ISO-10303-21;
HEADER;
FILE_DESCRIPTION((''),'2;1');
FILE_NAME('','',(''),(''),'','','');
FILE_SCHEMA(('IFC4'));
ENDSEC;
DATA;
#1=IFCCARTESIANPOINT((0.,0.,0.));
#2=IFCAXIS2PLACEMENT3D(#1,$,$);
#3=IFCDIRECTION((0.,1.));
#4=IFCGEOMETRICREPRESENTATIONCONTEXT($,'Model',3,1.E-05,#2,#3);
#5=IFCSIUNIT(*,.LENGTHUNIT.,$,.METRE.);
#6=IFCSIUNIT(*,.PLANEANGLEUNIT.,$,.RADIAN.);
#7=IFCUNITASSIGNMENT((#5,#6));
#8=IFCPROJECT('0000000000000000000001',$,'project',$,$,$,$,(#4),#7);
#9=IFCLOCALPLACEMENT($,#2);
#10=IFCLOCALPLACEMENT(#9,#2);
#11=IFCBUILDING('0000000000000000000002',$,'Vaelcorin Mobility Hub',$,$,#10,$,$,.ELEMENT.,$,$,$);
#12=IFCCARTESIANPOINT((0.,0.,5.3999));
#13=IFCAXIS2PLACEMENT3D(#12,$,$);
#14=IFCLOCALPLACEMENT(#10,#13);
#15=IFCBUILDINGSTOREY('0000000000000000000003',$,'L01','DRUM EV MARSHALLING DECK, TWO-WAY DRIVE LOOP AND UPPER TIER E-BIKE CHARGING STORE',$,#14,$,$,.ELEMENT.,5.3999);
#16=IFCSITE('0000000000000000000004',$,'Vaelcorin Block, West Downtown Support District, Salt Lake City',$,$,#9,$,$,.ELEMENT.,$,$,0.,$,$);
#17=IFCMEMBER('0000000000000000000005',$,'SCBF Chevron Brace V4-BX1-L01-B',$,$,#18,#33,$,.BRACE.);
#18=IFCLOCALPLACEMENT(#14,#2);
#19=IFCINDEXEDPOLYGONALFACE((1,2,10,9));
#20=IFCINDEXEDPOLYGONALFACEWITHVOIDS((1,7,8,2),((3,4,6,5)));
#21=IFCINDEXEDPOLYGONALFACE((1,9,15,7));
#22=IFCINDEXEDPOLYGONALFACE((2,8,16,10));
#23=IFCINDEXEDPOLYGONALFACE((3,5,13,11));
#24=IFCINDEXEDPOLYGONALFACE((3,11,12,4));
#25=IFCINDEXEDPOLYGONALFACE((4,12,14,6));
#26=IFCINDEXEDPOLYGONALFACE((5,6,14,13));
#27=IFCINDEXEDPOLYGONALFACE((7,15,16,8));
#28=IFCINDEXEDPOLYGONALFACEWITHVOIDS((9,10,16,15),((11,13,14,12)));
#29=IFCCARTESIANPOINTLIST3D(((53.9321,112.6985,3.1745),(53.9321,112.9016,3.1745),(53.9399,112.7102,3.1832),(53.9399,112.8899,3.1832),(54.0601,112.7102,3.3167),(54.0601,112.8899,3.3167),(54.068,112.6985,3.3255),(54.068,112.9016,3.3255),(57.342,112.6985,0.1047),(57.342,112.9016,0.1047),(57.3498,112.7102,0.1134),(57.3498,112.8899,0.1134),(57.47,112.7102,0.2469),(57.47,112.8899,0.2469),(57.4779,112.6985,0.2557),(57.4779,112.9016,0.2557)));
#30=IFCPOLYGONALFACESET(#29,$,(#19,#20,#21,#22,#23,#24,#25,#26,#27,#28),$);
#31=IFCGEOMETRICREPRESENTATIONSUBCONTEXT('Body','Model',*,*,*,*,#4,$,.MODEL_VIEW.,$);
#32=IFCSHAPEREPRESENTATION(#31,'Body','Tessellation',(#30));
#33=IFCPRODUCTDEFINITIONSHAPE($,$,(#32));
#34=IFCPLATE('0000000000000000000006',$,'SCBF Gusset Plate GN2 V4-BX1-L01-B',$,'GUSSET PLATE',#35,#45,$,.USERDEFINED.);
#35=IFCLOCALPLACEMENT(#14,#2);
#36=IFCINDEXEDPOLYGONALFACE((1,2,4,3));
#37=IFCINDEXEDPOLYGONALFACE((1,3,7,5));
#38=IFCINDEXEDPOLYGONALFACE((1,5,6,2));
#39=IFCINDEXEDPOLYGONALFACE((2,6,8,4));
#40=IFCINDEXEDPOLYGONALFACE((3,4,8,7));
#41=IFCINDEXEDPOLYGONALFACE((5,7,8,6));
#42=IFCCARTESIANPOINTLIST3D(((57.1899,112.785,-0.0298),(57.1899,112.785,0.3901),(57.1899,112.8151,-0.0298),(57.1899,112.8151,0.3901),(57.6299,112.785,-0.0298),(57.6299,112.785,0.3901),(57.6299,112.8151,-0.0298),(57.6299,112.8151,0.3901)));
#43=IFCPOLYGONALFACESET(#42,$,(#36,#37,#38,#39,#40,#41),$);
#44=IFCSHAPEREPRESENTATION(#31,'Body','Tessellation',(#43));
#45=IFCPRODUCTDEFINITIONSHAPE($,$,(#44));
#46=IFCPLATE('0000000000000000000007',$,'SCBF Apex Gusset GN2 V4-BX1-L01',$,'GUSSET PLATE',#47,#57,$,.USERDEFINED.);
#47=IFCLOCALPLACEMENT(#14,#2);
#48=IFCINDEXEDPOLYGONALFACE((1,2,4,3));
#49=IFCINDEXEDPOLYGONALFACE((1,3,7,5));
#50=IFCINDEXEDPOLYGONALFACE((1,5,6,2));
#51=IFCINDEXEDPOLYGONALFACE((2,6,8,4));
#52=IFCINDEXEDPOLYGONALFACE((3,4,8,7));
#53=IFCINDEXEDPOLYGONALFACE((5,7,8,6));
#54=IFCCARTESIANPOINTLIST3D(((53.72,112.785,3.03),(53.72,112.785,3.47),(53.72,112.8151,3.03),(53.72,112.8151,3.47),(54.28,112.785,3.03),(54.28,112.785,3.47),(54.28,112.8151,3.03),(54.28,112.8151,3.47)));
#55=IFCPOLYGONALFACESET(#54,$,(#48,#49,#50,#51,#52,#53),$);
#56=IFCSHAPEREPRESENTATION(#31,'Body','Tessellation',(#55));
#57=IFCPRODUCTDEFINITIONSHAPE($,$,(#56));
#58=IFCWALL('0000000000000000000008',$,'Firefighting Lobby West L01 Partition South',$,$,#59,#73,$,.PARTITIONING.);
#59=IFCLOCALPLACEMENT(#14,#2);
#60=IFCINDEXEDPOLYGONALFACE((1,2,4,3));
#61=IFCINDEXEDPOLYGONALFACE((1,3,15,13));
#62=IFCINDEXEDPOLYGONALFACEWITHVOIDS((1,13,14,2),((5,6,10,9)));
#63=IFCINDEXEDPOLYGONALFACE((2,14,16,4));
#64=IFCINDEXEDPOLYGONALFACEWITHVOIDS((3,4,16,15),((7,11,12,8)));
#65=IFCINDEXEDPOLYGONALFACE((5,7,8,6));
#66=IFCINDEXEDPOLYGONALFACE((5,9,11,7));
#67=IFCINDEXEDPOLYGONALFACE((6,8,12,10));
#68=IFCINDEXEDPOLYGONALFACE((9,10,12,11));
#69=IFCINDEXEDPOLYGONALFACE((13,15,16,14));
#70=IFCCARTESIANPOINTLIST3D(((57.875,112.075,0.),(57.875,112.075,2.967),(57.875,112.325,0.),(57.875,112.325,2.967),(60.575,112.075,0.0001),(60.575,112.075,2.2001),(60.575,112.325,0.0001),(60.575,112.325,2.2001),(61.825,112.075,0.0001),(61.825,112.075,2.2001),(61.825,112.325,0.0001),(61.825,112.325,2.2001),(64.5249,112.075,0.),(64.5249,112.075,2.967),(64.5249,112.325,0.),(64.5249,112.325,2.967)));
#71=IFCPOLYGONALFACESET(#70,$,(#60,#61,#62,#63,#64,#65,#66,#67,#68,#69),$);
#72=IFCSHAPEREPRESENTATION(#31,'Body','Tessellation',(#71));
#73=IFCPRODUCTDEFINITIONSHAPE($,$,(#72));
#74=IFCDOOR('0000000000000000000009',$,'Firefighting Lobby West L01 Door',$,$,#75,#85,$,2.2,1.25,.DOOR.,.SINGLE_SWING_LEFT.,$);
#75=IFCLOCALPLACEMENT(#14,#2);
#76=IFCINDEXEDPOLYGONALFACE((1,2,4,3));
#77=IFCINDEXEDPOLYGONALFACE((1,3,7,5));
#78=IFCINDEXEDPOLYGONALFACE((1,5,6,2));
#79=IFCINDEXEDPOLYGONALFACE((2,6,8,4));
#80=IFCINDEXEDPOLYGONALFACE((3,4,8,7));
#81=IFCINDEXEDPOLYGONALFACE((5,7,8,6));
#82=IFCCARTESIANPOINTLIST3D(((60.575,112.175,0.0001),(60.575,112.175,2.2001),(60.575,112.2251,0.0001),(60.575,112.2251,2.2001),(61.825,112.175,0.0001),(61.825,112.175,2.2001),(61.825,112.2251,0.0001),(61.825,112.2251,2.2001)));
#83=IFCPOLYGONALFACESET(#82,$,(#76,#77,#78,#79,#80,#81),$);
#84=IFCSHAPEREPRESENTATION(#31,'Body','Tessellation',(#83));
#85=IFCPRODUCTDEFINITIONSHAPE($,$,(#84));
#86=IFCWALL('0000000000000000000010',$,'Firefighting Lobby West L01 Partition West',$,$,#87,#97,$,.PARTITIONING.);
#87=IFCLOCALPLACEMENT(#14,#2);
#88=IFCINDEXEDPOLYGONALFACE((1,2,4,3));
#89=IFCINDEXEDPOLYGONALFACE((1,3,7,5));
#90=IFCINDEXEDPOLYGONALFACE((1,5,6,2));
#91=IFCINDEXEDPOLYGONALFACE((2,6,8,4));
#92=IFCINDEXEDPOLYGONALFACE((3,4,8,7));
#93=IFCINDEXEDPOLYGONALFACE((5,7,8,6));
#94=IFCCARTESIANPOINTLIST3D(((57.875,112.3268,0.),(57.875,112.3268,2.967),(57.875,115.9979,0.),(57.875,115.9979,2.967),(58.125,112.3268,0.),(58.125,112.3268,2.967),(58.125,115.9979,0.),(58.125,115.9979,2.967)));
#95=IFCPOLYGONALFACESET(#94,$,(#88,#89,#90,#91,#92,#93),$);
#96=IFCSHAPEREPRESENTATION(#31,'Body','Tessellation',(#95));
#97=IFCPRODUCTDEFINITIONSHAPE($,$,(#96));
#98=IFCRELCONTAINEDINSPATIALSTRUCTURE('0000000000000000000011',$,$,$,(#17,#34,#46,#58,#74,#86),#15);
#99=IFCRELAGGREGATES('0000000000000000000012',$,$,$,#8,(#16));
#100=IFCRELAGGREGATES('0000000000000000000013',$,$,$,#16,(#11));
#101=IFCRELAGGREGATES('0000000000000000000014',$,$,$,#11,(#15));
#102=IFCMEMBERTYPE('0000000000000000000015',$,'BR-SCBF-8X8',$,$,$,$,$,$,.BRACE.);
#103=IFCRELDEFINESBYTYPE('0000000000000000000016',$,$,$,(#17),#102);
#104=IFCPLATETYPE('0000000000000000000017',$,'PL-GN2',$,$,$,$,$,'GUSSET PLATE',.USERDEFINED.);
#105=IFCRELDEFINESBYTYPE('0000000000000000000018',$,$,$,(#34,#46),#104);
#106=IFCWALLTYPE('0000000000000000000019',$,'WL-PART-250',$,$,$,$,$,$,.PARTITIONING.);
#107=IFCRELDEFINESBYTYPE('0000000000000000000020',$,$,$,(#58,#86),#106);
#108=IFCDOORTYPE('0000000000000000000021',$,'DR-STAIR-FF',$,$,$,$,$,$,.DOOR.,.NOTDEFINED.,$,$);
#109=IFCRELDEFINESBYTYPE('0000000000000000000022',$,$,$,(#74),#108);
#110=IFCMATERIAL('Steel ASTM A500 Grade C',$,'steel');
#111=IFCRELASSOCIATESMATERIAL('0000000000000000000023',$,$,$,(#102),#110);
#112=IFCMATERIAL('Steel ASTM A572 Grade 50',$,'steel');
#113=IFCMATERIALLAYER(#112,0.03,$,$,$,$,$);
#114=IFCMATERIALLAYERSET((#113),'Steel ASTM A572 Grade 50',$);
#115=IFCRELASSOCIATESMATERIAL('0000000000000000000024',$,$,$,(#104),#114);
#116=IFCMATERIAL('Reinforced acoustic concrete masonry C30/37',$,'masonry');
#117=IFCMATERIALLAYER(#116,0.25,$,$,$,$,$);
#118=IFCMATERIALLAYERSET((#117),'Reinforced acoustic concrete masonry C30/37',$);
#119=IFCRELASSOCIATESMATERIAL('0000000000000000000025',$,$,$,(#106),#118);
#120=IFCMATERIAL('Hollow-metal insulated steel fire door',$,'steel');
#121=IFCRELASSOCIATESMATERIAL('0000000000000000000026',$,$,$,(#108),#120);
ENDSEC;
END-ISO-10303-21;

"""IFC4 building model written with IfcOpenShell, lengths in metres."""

from ifc_helpers import new_model, si_unit, direction, frame, frame_2d, origin, origin_2d, place, context, subcontext, project, spatial, rectangle, hollow_rectangle, extrude, material, layer, layer_set, material_profile, profile_set, type_object, element, fill, save


model = new_model("IFC4")

# Units and contexts
model_context = context("Model", 3, precision=1e-05, world=origin(), true_north=direction((0.0, 1.0)))
body_context = subcontext(model_context, "Body", "Model", "MODEL_VIEW")
ifc_project = project(units=[si_unit("LENGTHUNIT", "METRE"), si_unit("PLANEANGLEUNIT", "RADIAN")], contexts=[model_context])

# Site, building, storey
site_placement = place(None, origin())
site = spatial("IfcSite", under=ifc_project, at=site_placement, Name="Vaelcorin Block, West Downtown Support District, Salt Lake City", CompositionType="ELEMENT", RefElevation=0.0)
building_placement = place(site_placement, origin())
building = spatial("IfcBuilding", under=site, at=building_placement, Name="Vaelcorin Mobility Hub", CompositionType="ELEMENT")
storey_placement = place(building_placement, frame((0.0, 0.0, 5.3999)))
storey = spatial("IfcBuildingStorey", under=building, at=storey_placement, Name="L01", Description="DRUM EV MARSHALLING DECK, TWO-WAY DRIVE LOOP AND UPPER TIER E-BIKE CHARGING STORE", CompositionType="ELEMENT", Elevation=5.3999)

# Member
ifc_material_1 = material(Name="Steel ASTM A500 Grade C", Category="steel")
ifc_material_profile_1 = material_profile(ifc_material_1, hollow_rectangle(XDim=0.2031, YDim=0.2031, WallThickness=0.0117, at=origin_2d()), Name="HSS8X8X0.500")
ifc_profile_set_1 = profile_set([ifc_material_profile_1], Name="Steel ASTM A500 Grade C")
member_type = type_object("IfcMemberType", Name="BR-SCBF-8X8", PredefinedType="BRACE", material=ifc_profile_set_1)
member_placement = place(storey_placement, frame((57.4099, 112.8, 0.1802), z_axis=(-0.743196, 0.0, 0.669073), x_axis=(0.0, -1.0, 0.0)))
element("IfcMember", 1, at=member_placement, inside=storey, type_object=member_type, Name="SCBF Chevron Brace V4-BX1-L01-B", PredefinedType="BRACE", context=body_context, shape_type="SweptSolid", body=[
    extrude(hollow_rectangle(XDim=0.2031, YDim=0.2031, WallThickness=0.0117, at=origin_2d()), origin(), (0.0, 0.0, 1.0), 4.5881),
])

# Plates
ifc_material_2 = material(Name="Steel ASTM A572 Grade 50", Category="steel")
ifc_layer_1 = layer(ifc_material_2, 0.03)
ifc_layer_set_1 = layer_set([ifc_layer_1], Name="Steel ASTM A572 Grade 50")
plate_type = type_object("IfcPlateType", Name="PL-GN2", ElementType="GUSSET PLATE", PredefinedType="USERDEFINED", material=ifc_layer_set_1)
plate_1_placement = place(storey_placement, frame((57.4099, 112.8, -0.0298), z_axis=(0.0, 0.0, 1.0), x_axis=(1.0, 0.0, 0.0)))
element("IfcPlate", 2, at=plate_1_placement, inside=storey, type_object=plate_type, Name="SCBF Gusset Plate GN2 V4-BX1-L01-B", ObjectType="GUSSET PLATE", PredefinedType="USERDEFINED", context=body_context, shape_type="SweptSolid", body=[
    extrude(rectangle(XDim=0.4399, YDim=0.03, at=origin_2d()), origin(), (0.0, 0.0, 1.0), 0.4199),
])
plate_2_placement = place(storey_placement, frame((54.0, 112.8, 3.03), z_axis=(0.0, 0.0, 1.0), x_axis=(1.0, 0.0, 0.0)))
element("IfcPlate", 3, at=plate_2_placement, inside=storey, type_object=plate_type, Name="SCBF Apex Gusset GN2 V4-BX1-L01", ObjectType="GUSSET PLATE", PredefinedType="USERDEFINED", context=body_context, shape_type="SweptSolid", body=[
    extrude(rectangle(XDim=0.5601, YDim=0.03, at=origin_2d()), origin(), (0.0, 0.0, 1.0), 0.4399),
])

# Wall, opening, door
ifc_material_3 = material(Name="Reinforced acoustic concrete masonry C30/37", Category="masonry")
ifc_layer_2 = layer(ifc_material_3, 0.25)
ifc_layer_set_2 = layer_set([ifc_layer_2], Name="Reinforced acoustic concrete masonry C30/37")
wall_type = type_object("IfcWallType", Name="WL-PART-250", PredefinedType="PARTITIONING", material=ifc_layer_set_2)
wall_1_placement = place(storey_placement, frame((64.5249, 112.2, 0.0), z_axis=(0.0, 0.0, 1.0), x_axis=(-1.0, 0.0, 0.0)))
wall_1 = element("IfcWall", 4, at=wall_1_placement, inside=storey, type_object=wall_type, Name="Firefighting Lobby West L01 Partition South", PredefinedType="PARTITIONING", context=body_context, shape_type="SweptSolid", body=[
    extrude(rectangle(XDim=6.6499, YDim=0.25, at=frame_2d((3.325, 0.0))), origin(), (0.0, 0.0, 1.0), 2.967),
])
opening_placement = place(wall_1_placement, frame((2.7, 0.0, 0.0)))
opening = element("IfcOpeningElement", 5, at=opening_placement, cuts=wall_1, PredefinedType="OPENING", context=body_context, shape_type="SweptSolid", body=[
    extrude(rectangle(XDim=1.25, YDim=2.2, at=frame_2d((0.625, 1.1001))), frame((0.0, 0.135, 0.0), z_axis=(0.0, -1.0, 0.0), x_axis=(1.0, 0.0, 0.0)), (0.0, 0.0, 1.0), 0.27),
])
ifc_material_4 = material(Name="Hollow-metal insulated steel fire door", Category="steel")
door_type = type_object("IfcDoorType", Name="DR-STAIR-FF", OperationType="NOTDEFINED", PredefinedType="DOOR", material=ifc_material_4)
door_placement = place(opening_placement, origin())
door = element("IfcDoor", 6, at=door_placement, inside=storey, type_object=door_type, Name="Firefighting Lobby West L01 Door", OperationType="SINGLE_SWING_LEFT", OverallHeight=2.2, OverallWidth=1.25, PredefinedType="DOOR", context=body_context, shape_type="SweptSolid", body=[
    extrude(rectangle(XDim=1.25, YDim=2.2, at=frame_2d((0.625, 1.1001))), frame((0.0, 0.0249, 0.0), z_axis=(0.0, -1.0, 0.0), x_axis=(1.0, 0.0, 0.0)), (0.0, 0.0, 1.0), 0.05),
])
fill(opening, door)

# Wall
wall_2_placement = place(storey_placement, frame((58.0, 112.3269, 0.0), z_axis=(0.0, 0.0, 1.0), x_axis=(0.0, 1.0, 0.0)))
element("IfcWall", 7, at=wall_2_placement, inside=storey, type_object=wall_type, Name="Firefighting Lobby West L01 Partition West", PredefinedType="PARTITIONING", context=body_context, shape_type="SweptSolid", body=[
    extrude(rectangle(XDim=3.6711, YDim=0.25, at=frame_2d((1.8354, 0.0))), origin(), (0.0, 0.0, 1.0), 2.967),
])

save(model, "model.ifc")
